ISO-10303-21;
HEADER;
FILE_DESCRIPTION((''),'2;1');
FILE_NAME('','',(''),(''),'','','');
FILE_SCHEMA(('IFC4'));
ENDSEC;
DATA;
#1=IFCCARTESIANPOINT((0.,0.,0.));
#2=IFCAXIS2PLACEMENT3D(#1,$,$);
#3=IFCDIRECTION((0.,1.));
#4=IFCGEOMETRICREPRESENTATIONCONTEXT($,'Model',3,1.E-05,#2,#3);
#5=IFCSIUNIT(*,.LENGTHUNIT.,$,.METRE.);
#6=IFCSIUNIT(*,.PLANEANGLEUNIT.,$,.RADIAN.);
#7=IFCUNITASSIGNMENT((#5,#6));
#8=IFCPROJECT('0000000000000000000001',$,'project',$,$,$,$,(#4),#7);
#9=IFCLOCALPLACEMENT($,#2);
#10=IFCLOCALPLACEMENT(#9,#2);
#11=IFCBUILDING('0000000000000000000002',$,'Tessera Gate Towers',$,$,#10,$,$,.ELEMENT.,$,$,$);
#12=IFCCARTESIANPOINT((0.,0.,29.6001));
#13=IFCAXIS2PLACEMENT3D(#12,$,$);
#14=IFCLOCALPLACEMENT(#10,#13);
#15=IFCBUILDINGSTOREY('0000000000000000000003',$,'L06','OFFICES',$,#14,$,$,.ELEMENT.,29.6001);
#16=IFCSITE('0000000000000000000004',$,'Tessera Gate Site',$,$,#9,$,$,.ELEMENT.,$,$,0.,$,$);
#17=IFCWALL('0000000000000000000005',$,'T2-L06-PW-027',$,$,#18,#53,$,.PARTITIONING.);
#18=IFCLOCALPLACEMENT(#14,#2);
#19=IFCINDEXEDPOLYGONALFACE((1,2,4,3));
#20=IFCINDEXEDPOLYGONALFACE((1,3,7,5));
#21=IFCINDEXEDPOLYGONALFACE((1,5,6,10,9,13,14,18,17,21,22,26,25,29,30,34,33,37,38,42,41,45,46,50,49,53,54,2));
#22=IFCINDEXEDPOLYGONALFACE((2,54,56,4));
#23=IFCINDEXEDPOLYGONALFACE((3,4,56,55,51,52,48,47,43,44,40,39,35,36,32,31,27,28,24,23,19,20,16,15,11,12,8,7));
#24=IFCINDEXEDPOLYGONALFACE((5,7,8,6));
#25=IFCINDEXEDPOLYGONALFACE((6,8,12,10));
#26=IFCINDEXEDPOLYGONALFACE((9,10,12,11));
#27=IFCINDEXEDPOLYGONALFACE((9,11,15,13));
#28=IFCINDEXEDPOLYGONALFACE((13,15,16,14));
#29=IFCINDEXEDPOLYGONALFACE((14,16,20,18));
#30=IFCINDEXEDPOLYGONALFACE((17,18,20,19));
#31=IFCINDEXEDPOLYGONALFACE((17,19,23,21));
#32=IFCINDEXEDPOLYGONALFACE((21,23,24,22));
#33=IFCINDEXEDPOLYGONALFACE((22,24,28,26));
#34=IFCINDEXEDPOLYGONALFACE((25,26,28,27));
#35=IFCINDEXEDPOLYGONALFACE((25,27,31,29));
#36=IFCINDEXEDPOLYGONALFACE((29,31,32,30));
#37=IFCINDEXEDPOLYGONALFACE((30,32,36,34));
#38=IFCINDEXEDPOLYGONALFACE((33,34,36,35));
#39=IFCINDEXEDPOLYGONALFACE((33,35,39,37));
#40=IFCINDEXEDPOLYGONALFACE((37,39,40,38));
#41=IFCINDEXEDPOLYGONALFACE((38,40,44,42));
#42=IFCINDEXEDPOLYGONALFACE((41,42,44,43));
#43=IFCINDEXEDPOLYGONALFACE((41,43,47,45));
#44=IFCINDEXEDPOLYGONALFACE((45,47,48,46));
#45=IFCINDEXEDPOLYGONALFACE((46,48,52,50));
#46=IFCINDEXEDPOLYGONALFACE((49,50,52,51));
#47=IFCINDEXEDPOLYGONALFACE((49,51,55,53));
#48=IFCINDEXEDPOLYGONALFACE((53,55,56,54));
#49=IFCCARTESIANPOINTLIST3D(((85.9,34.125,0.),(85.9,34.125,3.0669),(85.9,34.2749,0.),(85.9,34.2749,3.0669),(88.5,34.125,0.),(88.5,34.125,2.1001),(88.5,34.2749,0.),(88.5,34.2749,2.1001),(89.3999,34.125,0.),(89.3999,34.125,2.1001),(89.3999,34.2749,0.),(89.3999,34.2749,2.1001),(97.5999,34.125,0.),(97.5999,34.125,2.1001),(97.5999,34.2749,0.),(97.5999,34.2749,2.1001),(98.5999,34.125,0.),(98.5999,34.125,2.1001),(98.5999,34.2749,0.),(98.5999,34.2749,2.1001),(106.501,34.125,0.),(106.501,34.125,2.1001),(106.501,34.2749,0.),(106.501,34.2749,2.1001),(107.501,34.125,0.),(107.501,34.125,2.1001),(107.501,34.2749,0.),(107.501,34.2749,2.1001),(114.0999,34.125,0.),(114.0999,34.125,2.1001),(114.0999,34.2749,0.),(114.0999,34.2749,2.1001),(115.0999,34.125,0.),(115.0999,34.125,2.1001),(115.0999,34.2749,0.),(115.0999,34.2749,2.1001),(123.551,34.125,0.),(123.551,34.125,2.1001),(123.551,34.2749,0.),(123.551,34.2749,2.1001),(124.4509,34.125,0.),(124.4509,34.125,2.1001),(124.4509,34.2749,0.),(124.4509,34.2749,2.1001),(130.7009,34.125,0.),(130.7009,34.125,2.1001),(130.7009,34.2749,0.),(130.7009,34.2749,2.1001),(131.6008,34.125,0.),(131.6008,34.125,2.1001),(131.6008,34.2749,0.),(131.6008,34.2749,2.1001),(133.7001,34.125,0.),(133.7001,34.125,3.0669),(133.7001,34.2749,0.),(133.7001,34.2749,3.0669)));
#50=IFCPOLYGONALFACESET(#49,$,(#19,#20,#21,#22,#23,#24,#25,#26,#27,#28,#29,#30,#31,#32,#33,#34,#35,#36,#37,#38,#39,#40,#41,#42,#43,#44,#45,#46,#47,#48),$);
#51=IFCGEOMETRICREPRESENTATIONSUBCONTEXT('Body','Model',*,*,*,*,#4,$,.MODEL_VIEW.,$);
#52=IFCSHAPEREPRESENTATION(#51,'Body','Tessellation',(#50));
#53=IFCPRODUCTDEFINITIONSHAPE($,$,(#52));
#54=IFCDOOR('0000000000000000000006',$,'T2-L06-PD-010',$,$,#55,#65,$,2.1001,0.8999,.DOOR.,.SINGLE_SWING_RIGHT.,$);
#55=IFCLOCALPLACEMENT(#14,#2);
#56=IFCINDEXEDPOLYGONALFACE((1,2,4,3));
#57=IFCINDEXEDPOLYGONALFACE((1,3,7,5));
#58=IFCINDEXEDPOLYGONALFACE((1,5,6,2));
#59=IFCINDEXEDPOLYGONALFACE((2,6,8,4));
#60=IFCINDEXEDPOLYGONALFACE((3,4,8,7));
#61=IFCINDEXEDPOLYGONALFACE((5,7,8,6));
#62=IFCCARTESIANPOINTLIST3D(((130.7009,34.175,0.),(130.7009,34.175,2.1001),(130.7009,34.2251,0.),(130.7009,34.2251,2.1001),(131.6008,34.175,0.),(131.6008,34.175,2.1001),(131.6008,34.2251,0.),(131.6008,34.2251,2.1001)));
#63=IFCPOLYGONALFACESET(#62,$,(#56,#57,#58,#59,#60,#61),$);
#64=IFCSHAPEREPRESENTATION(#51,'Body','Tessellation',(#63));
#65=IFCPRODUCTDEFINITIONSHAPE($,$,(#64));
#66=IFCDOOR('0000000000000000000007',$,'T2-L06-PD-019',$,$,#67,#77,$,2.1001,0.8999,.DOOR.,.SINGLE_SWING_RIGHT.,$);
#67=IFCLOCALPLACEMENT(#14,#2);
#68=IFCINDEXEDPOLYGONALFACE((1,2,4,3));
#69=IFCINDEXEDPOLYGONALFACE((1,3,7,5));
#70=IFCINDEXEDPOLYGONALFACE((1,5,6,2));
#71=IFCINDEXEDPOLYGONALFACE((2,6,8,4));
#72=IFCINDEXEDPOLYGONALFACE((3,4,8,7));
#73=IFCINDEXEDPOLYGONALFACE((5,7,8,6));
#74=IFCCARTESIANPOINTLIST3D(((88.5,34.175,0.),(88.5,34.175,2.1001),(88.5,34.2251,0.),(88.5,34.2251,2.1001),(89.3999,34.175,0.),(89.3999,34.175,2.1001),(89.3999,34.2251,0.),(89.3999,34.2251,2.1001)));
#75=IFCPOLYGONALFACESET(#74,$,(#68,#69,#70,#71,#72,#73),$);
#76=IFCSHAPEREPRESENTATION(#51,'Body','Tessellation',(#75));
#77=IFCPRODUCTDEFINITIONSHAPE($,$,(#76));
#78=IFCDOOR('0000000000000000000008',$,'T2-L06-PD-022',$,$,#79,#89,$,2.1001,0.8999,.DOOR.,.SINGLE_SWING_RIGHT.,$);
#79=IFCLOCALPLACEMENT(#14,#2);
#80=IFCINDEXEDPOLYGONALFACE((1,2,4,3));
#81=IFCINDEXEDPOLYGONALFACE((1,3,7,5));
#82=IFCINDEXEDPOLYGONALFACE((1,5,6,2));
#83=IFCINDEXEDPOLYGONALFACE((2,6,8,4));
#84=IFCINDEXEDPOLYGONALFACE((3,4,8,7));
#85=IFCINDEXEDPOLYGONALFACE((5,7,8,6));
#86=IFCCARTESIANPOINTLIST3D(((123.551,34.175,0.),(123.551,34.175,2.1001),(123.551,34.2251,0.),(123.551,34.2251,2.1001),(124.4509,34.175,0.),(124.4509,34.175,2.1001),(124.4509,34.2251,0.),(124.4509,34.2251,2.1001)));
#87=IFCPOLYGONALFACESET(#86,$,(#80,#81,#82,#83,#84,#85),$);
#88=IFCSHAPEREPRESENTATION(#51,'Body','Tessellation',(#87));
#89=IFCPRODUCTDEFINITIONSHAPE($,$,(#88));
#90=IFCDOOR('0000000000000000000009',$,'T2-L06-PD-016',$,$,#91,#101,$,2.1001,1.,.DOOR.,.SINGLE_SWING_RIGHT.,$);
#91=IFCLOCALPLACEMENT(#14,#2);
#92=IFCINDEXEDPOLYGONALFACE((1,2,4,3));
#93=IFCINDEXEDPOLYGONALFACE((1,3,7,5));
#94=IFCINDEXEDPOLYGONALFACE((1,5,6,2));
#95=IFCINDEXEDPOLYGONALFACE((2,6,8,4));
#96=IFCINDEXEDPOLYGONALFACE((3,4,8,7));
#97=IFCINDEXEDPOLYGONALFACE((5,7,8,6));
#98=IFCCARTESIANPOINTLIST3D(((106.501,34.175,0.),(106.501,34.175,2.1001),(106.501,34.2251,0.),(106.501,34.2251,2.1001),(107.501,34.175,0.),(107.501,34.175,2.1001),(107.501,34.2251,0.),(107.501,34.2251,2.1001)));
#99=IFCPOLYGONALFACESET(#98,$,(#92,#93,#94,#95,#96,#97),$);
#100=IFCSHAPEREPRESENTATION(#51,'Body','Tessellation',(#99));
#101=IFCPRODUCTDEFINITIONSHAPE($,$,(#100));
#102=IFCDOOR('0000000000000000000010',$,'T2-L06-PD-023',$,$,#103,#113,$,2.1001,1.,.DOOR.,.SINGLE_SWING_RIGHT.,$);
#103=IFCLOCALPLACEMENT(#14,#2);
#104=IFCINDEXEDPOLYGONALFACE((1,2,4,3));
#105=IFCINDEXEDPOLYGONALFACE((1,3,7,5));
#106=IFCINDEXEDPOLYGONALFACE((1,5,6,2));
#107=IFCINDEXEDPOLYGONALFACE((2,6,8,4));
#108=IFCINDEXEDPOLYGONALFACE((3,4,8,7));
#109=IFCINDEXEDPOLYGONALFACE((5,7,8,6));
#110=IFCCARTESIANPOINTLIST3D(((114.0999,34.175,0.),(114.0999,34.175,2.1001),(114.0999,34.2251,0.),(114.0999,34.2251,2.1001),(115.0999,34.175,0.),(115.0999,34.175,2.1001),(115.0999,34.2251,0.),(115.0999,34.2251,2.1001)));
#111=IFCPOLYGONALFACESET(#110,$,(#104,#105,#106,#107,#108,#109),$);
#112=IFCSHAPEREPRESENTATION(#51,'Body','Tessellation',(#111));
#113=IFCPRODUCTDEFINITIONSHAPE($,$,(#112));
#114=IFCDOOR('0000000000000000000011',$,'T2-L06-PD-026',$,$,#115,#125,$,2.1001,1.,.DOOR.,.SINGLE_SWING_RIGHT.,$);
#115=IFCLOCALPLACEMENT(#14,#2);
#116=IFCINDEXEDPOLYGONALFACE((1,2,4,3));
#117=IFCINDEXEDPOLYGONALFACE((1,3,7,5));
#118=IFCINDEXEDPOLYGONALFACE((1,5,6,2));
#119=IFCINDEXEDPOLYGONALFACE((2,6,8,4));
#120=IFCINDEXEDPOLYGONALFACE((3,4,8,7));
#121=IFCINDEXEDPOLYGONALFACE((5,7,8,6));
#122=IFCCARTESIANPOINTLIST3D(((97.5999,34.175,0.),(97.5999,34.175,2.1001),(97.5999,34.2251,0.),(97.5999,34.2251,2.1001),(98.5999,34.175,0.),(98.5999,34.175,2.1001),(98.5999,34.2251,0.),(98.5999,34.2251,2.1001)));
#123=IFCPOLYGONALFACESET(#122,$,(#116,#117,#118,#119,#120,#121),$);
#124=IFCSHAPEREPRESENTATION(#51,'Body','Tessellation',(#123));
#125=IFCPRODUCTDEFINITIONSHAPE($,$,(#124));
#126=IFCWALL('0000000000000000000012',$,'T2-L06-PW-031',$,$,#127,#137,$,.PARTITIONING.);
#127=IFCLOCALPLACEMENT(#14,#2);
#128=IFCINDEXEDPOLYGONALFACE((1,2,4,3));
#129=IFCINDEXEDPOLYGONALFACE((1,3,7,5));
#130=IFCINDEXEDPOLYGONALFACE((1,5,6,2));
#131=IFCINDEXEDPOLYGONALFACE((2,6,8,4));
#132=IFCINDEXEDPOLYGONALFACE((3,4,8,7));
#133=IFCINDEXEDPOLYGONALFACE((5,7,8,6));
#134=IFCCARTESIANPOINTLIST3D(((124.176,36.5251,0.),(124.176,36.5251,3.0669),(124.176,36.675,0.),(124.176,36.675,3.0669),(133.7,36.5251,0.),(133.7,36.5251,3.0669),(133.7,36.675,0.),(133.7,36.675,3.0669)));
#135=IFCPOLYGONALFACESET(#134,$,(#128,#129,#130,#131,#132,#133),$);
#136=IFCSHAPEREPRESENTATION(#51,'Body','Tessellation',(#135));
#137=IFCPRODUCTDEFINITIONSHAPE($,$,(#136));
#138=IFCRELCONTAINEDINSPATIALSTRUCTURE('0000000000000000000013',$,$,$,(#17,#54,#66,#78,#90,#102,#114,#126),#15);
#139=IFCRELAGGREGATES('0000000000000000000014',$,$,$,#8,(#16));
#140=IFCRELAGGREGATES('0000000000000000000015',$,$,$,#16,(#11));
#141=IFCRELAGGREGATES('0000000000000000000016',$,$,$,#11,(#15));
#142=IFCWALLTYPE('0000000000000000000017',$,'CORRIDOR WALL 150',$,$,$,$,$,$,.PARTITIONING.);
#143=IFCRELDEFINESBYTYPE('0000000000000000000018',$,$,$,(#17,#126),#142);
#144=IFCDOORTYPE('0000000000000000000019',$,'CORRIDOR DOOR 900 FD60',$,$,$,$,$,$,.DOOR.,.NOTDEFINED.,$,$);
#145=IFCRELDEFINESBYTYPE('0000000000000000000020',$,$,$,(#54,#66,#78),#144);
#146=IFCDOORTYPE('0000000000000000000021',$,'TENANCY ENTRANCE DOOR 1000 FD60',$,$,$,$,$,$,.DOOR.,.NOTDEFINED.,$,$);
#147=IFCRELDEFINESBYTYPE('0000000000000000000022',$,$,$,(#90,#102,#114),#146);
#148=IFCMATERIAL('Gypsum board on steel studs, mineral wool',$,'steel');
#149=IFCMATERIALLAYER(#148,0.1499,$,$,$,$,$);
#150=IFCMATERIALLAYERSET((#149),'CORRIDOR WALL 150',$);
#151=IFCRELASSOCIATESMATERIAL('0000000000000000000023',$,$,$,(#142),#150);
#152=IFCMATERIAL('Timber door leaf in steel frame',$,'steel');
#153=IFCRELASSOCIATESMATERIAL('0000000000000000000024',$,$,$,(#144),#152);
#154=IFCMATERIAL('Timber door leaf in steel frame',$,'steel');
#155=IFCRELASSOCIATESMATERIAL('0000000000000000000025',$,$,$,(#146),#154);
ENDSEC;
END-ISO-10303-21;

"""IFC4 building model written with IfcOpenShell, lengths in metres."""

from ifc_helpers import new_model, si_unit, direction, frame, frame_2d, origin, place, context, subcontext, project, spatial, rectangle, extrude, source, transform, mapped, material, layer, layer_set, type_object, element, fill, save


model = new_model("IFC4")

# Units and contexts
model_context = context("Model", 3, precision=1e-05, world=origin(), true_north=direction((0.0, 1.0)))
body_context = subcontext(model_context, "Body", "Model", "MODEL_VIEW")
ifc_project = project(units=[si_unit("LENGTHUNIT", "METRE"), si_unit("PLANEANGLEUNIT", "RADIAN")], contexts=[model_context])

# Site, building, storey
site_placement = place(None, origin())
site = spatial("IfcSite", under=ifc_project, at=site_placement, Name="Tessera Gate Site", CompositionType="ELEMENT", RefElevation=0.0)
building_placement = place(site_placement, origin())
building = spatial("IfcBuilding", under=site, at=building_placement, Name="Tessera Gate Towers", CompositionType="ELEMENT")
storey_placement = place(building_placement, frame((0.0, 0.0, 29.6001)))
storey = spatial("IfcBuildingStorey", under=building, at=storey_placement, Name="L06", Description="OFFICES", CompositionType="ELEMENT", Elevation=29.6001)

# Wall, openings, doors
ifc_material_1 = material(Name="Gypsum board on steel studs, mineral wool", Category="steel")
ifc_layer_1 = layer(ifc_material_1, 0.1499)
ifc_layer_set_1 = layer_set([ifc_layer_1], Name="CORRIDOR WALL 150")
wall_type_1 = type_object("IfcWallType", Name="CORRIDOR WALL 150", PredefinedType="PARTITIONING", material=ifc_layer_set_1)
wall_1_placement = place(storey_placement, frame((133.7, 34.2, 0.0), z_axis=(0.0, 0.0, 1.0), x_axis=(-1.0, 0.0, 0.0)))
wall_1 = element("IfcWall", 1, at=wall_1_placement, inside=storey, type_object=wall_type_1, Name="T2-L06-PW-027", PredefinedType="PARTITIONING", context=body_context, shape_type="SweptSolid", body=[
    extrude(rectangle(XDim=47.8, YDim=0.1499, at=frame_2d((23.8999, 0.0))), origin(), (0.0, 0.0, 1.0), 3.0669),
])
shared_shape_1 = source(origin(), body_context, "Body", "SweptSolid", [
    extrude(rectangle(XDim=0.8999, YDim=2.1001, at=frame_2d((0.45, 1.05))), frame((0.0, 0.085, 0.0), z_axis=(0.0, -1.0, 0.0), x_axis=(1.0, 0.0, 0.0)), (0.0, 0.0, 1.0), 0.1699),
])
opening_1_placement = place(wall_1_placement, frame((2.0991, 0.0, 0.0)))
opening_1 = element("IfcOpeningElement", 2, at=opening_1_placement, cuts=wall_1, PredefinedType="OPENING", context=body_context, shape_type="MappedRepresentation", body=[
    mapped(shared_shape_1, transform((0.0, 0.0, 0.0), scale=1.0)),
])
shared_shape_2 = source(origin(), body_context, "Body", "SweptSolid", [
    extrude(rectangle(XDim=1.0, YDim=2.1001, at=frame_2d((0.5, 1.05))), frame((0.0, 0.085, 0.0), z_axis=(0.0, -1.0, 0.0), x_axis=(1.0, 0.0, 0.0)), (0.0, 0.0, 1.0), 0.1699),
])
opening_2_placement = place(wall_1_placement, frame((26.199, 0.0, 0.0)))
opening_2 = element("IfcOpeningElement", 3, at=opening_2_placement, cuts=wall_1, PredefinedType="OPENING", context=body_context, shape_type="MappedRepresentation", body=[
    mapped(shared_shape_2, transform((0.0, 0.0, 0.0), scale=1.0)),
])
opening_3_placement = place(wall_1_placement, frame((44.3, 0.0, 0.0)))
opening_3 = element("IfcOpeningElement", 4, at=opening_3_placement, cuts=wall_1, PredefinedType="OPENING", context=body_context, shape_type="MappedRepresentation", body=[
    mapped(shared_shape_1, transform((0.0, 0.0, 0.0), scale=1.0)),
])
opening_4_placement = place(wall_1_placement, frame((9.249, 0.0, 0.0)))
opening_4 = element("IfcOpeningElement", 5, at=opening_4_placement, cuts=wall_1, PredefinedType="OPENING", context=body_context, shape_type="MappedRepresentation", body=[
    mapped(shared_shape_1, transform((0.0, 0.0, 0.0), scale=1.0)),
])
opening_5_placement = place(wall_1_placement, frame((18.6001, 0.0, 0.0)))
opening_5 = element("IfcOpeningElement", 6, at=opening_5_placement, cuts=wall_1, PredefinedType="OPENING", context=body_context, shape_type="MappedRepresentation", body=[
    mapped(shared_shape_2, transform((0.0, 0.0, 0.0), scale=1.0)),
])
opening_6_placement = place(wall_1_placement, frame((35.1001, 0.0, 0.0)))
opening_6 = element("IfcOpeningElement", 7, at=opening_6_placement, cuts=wall_1, PredefinedType="OPENING", context=body_context, shape_type="MappedRepresentation", body=[
    mapped(shared_shape_2, transform((0.0, 0.0, 0.0), scale=1.0)),
])
ifc_material_2 = material(Name="Timber door leaf in steel frame", Category="steel")
door_type_1 = type_object("IfcDoorType", Name="CORRIDOR DOOR 900 FD60", OperationType="NOTDEFINED", PredefinedType="DOOR", material=ifc_material_2)
shared_shape_3 = source(origin(), body_context, "Body", "SweptSolid", [
    extrude(rectangle(XDim=0.8999, YDim=2.1001, at=frame_2d((0.45, 1.05))), frame((0.0, 0.0249, 0.0), z_axis=(0.0, -1.0, 0.0), x_axis=(1.0, 0.0, 0.0)), (0.0, 0.0, 1.0), 0.05),
])
door_1_placement = place(opening_1_placement, origin())
door_1 = element("IfcDoor", 8, at=door_1_placement, inside=storey, type_object=door_type_1, Name="T2-L06-PD-010", OperationType="SINGLE_SWING_RIGHT", OverallHeight=2.1001, OverallWidth=0.8999, PredefinedType="DOOR", context=body_context, shape_type="MappedRepresentation", body=[
    mapped(shared_shape_3, transform((0.0, 0.0, 0.0), scale=1.0)),
])
fill(opening_1, door_1)
door_2_placement = place(opening_3_placement, origin())
door_2 = element("IfcDoor", 9, at=door_2_placement, inside=storey, type_object=door_type_1, Name="T2-L06-PD-019", OperationType="SINGLE_SWING_RIGHT", OverallHeight=2.1001, OverallWidth=0.8999, PredefinedType="DOOR", context=body_context, shape_type="MappedRepresentation", body=[
    mapped(shared_shape_3, transform((0.0, 0.0, 0.0), scale=1.0)),
])
fill(opening_3, door_2)
door_3_placement = place(opening_4_placement, origin())
door_3 = element("IfcDoor", 10, at=door_3_placement, inside=storey, type_object=door_type_1, Name="T2-L06-PD-022", OperationType="SINGLE_SWING_RIGHT", OverallHeight=2.1001, OverallWidth=0.8999, PredefinedType="DOOR", context=body_context, shape_type="MappedRepresentation", body=[
    mapped(shared_shape_3, transform((0.0, 0.0, 0.0), scale=1.0)),
])
fill(opening_4, door_3)
ifc_material_3 = material(Name="Timber door leaf in steel frame", Category="steel")
door_type_2 = type_object("IfcDoorType", Name="TENANCY ENTRANCE DOOR 1000 FD60", OperationType="NOTDEFINED", PredefinedType="DOOR", material=ifc_material_3)
shared_shape_4 = source(origin(), body_context, "Body", "SweptSolid", [
    extrude(rectangle(XDim=1.0, YDim=2.1001, at=frame_2d((0.5, 1.05))), frame((0.0, 0.0249, 0.0), z_axis=(0.0, -1.0, 0.0), x_axis=(1.0, 0.0, 0.0)), (0.0, 0.0, 1.0), 0.05),
])
door_4_placement = place(opening_2_placement, origin())
door_4 = element("IfcDoor", 11, at=door_4_placement, inside=storey, type_object=door_type_2, Name="T2-L06-PD-016", OperationType="SINGLE_SWING_RIGHT", OverallHeight=2.1001, OverallWidth=1.0, PredefinedType="DOOR", context=body_context, shape_type="MappedRepresentation", body=[
    mapped(shared_shape_4, transform((0.0, 0.0, 0.0), scale=1.0)),
])
fill(opening_2, door_4)
door_5_placement = place(opening_5_placement, origin())
door_5 = element("IfcDoor", 12, at=door_5_placement, inside=storey, type_object=door_type_2, Name="T2-L06-PD-023", OperationType="SINGLE_SWING_RIGHT", OverallHeight=2.1001, OverallWidth=1.0, PredefinedType="DOOR", context=body_context, shape_type="MappedRepresentation", body=[
    mapped(shared_shape_4, transform((0.0, 0.0, 0.0), scale=1.0)),
])
fill(opening_5, door_5)
door_6_placement = place(opening_6_placement, origin())
door_6 = element("IfcDoor", 13, at=door_6_placement, inside=storey, type_object=door_type_2, Name="T2-L06-PD-026", OperationType="SINGLE_SWING_RIGHT", OverallHeight=2.1001, OverallWidth=1.0, PredefinedType="DOOR", context=body_context, shape_type="MappedRepresentation", body=[
    mapped(shared_shape_4, transform((0.0, 0.0, 0.0), scale=1.0)),
])
fill(opening_6, door_6)

# Wall
wall_2_placement = place(storey_placement, frame((124.176, 36.6001, 0.0), z_axis=(0.0, 0.0, 1.0), x_axis=(1.0, 0.0, 0.0)))
element("IfcWall", 14, at=wall_2_placement, inside=storey, type_object=wall_type_1, Name="T2-L06-PW-031", PredefinedType="PARTITIONING", context=body_context, shape_type="SweptSolid", body=[
    extrude(rectangle(XDim=9.5239, YDim=0.1499, at=frame_2d((4.762, 0.0))), origin(), (0.0, 0.0, 1.0), 3.0669),
])

save(model, "model.ifc")
